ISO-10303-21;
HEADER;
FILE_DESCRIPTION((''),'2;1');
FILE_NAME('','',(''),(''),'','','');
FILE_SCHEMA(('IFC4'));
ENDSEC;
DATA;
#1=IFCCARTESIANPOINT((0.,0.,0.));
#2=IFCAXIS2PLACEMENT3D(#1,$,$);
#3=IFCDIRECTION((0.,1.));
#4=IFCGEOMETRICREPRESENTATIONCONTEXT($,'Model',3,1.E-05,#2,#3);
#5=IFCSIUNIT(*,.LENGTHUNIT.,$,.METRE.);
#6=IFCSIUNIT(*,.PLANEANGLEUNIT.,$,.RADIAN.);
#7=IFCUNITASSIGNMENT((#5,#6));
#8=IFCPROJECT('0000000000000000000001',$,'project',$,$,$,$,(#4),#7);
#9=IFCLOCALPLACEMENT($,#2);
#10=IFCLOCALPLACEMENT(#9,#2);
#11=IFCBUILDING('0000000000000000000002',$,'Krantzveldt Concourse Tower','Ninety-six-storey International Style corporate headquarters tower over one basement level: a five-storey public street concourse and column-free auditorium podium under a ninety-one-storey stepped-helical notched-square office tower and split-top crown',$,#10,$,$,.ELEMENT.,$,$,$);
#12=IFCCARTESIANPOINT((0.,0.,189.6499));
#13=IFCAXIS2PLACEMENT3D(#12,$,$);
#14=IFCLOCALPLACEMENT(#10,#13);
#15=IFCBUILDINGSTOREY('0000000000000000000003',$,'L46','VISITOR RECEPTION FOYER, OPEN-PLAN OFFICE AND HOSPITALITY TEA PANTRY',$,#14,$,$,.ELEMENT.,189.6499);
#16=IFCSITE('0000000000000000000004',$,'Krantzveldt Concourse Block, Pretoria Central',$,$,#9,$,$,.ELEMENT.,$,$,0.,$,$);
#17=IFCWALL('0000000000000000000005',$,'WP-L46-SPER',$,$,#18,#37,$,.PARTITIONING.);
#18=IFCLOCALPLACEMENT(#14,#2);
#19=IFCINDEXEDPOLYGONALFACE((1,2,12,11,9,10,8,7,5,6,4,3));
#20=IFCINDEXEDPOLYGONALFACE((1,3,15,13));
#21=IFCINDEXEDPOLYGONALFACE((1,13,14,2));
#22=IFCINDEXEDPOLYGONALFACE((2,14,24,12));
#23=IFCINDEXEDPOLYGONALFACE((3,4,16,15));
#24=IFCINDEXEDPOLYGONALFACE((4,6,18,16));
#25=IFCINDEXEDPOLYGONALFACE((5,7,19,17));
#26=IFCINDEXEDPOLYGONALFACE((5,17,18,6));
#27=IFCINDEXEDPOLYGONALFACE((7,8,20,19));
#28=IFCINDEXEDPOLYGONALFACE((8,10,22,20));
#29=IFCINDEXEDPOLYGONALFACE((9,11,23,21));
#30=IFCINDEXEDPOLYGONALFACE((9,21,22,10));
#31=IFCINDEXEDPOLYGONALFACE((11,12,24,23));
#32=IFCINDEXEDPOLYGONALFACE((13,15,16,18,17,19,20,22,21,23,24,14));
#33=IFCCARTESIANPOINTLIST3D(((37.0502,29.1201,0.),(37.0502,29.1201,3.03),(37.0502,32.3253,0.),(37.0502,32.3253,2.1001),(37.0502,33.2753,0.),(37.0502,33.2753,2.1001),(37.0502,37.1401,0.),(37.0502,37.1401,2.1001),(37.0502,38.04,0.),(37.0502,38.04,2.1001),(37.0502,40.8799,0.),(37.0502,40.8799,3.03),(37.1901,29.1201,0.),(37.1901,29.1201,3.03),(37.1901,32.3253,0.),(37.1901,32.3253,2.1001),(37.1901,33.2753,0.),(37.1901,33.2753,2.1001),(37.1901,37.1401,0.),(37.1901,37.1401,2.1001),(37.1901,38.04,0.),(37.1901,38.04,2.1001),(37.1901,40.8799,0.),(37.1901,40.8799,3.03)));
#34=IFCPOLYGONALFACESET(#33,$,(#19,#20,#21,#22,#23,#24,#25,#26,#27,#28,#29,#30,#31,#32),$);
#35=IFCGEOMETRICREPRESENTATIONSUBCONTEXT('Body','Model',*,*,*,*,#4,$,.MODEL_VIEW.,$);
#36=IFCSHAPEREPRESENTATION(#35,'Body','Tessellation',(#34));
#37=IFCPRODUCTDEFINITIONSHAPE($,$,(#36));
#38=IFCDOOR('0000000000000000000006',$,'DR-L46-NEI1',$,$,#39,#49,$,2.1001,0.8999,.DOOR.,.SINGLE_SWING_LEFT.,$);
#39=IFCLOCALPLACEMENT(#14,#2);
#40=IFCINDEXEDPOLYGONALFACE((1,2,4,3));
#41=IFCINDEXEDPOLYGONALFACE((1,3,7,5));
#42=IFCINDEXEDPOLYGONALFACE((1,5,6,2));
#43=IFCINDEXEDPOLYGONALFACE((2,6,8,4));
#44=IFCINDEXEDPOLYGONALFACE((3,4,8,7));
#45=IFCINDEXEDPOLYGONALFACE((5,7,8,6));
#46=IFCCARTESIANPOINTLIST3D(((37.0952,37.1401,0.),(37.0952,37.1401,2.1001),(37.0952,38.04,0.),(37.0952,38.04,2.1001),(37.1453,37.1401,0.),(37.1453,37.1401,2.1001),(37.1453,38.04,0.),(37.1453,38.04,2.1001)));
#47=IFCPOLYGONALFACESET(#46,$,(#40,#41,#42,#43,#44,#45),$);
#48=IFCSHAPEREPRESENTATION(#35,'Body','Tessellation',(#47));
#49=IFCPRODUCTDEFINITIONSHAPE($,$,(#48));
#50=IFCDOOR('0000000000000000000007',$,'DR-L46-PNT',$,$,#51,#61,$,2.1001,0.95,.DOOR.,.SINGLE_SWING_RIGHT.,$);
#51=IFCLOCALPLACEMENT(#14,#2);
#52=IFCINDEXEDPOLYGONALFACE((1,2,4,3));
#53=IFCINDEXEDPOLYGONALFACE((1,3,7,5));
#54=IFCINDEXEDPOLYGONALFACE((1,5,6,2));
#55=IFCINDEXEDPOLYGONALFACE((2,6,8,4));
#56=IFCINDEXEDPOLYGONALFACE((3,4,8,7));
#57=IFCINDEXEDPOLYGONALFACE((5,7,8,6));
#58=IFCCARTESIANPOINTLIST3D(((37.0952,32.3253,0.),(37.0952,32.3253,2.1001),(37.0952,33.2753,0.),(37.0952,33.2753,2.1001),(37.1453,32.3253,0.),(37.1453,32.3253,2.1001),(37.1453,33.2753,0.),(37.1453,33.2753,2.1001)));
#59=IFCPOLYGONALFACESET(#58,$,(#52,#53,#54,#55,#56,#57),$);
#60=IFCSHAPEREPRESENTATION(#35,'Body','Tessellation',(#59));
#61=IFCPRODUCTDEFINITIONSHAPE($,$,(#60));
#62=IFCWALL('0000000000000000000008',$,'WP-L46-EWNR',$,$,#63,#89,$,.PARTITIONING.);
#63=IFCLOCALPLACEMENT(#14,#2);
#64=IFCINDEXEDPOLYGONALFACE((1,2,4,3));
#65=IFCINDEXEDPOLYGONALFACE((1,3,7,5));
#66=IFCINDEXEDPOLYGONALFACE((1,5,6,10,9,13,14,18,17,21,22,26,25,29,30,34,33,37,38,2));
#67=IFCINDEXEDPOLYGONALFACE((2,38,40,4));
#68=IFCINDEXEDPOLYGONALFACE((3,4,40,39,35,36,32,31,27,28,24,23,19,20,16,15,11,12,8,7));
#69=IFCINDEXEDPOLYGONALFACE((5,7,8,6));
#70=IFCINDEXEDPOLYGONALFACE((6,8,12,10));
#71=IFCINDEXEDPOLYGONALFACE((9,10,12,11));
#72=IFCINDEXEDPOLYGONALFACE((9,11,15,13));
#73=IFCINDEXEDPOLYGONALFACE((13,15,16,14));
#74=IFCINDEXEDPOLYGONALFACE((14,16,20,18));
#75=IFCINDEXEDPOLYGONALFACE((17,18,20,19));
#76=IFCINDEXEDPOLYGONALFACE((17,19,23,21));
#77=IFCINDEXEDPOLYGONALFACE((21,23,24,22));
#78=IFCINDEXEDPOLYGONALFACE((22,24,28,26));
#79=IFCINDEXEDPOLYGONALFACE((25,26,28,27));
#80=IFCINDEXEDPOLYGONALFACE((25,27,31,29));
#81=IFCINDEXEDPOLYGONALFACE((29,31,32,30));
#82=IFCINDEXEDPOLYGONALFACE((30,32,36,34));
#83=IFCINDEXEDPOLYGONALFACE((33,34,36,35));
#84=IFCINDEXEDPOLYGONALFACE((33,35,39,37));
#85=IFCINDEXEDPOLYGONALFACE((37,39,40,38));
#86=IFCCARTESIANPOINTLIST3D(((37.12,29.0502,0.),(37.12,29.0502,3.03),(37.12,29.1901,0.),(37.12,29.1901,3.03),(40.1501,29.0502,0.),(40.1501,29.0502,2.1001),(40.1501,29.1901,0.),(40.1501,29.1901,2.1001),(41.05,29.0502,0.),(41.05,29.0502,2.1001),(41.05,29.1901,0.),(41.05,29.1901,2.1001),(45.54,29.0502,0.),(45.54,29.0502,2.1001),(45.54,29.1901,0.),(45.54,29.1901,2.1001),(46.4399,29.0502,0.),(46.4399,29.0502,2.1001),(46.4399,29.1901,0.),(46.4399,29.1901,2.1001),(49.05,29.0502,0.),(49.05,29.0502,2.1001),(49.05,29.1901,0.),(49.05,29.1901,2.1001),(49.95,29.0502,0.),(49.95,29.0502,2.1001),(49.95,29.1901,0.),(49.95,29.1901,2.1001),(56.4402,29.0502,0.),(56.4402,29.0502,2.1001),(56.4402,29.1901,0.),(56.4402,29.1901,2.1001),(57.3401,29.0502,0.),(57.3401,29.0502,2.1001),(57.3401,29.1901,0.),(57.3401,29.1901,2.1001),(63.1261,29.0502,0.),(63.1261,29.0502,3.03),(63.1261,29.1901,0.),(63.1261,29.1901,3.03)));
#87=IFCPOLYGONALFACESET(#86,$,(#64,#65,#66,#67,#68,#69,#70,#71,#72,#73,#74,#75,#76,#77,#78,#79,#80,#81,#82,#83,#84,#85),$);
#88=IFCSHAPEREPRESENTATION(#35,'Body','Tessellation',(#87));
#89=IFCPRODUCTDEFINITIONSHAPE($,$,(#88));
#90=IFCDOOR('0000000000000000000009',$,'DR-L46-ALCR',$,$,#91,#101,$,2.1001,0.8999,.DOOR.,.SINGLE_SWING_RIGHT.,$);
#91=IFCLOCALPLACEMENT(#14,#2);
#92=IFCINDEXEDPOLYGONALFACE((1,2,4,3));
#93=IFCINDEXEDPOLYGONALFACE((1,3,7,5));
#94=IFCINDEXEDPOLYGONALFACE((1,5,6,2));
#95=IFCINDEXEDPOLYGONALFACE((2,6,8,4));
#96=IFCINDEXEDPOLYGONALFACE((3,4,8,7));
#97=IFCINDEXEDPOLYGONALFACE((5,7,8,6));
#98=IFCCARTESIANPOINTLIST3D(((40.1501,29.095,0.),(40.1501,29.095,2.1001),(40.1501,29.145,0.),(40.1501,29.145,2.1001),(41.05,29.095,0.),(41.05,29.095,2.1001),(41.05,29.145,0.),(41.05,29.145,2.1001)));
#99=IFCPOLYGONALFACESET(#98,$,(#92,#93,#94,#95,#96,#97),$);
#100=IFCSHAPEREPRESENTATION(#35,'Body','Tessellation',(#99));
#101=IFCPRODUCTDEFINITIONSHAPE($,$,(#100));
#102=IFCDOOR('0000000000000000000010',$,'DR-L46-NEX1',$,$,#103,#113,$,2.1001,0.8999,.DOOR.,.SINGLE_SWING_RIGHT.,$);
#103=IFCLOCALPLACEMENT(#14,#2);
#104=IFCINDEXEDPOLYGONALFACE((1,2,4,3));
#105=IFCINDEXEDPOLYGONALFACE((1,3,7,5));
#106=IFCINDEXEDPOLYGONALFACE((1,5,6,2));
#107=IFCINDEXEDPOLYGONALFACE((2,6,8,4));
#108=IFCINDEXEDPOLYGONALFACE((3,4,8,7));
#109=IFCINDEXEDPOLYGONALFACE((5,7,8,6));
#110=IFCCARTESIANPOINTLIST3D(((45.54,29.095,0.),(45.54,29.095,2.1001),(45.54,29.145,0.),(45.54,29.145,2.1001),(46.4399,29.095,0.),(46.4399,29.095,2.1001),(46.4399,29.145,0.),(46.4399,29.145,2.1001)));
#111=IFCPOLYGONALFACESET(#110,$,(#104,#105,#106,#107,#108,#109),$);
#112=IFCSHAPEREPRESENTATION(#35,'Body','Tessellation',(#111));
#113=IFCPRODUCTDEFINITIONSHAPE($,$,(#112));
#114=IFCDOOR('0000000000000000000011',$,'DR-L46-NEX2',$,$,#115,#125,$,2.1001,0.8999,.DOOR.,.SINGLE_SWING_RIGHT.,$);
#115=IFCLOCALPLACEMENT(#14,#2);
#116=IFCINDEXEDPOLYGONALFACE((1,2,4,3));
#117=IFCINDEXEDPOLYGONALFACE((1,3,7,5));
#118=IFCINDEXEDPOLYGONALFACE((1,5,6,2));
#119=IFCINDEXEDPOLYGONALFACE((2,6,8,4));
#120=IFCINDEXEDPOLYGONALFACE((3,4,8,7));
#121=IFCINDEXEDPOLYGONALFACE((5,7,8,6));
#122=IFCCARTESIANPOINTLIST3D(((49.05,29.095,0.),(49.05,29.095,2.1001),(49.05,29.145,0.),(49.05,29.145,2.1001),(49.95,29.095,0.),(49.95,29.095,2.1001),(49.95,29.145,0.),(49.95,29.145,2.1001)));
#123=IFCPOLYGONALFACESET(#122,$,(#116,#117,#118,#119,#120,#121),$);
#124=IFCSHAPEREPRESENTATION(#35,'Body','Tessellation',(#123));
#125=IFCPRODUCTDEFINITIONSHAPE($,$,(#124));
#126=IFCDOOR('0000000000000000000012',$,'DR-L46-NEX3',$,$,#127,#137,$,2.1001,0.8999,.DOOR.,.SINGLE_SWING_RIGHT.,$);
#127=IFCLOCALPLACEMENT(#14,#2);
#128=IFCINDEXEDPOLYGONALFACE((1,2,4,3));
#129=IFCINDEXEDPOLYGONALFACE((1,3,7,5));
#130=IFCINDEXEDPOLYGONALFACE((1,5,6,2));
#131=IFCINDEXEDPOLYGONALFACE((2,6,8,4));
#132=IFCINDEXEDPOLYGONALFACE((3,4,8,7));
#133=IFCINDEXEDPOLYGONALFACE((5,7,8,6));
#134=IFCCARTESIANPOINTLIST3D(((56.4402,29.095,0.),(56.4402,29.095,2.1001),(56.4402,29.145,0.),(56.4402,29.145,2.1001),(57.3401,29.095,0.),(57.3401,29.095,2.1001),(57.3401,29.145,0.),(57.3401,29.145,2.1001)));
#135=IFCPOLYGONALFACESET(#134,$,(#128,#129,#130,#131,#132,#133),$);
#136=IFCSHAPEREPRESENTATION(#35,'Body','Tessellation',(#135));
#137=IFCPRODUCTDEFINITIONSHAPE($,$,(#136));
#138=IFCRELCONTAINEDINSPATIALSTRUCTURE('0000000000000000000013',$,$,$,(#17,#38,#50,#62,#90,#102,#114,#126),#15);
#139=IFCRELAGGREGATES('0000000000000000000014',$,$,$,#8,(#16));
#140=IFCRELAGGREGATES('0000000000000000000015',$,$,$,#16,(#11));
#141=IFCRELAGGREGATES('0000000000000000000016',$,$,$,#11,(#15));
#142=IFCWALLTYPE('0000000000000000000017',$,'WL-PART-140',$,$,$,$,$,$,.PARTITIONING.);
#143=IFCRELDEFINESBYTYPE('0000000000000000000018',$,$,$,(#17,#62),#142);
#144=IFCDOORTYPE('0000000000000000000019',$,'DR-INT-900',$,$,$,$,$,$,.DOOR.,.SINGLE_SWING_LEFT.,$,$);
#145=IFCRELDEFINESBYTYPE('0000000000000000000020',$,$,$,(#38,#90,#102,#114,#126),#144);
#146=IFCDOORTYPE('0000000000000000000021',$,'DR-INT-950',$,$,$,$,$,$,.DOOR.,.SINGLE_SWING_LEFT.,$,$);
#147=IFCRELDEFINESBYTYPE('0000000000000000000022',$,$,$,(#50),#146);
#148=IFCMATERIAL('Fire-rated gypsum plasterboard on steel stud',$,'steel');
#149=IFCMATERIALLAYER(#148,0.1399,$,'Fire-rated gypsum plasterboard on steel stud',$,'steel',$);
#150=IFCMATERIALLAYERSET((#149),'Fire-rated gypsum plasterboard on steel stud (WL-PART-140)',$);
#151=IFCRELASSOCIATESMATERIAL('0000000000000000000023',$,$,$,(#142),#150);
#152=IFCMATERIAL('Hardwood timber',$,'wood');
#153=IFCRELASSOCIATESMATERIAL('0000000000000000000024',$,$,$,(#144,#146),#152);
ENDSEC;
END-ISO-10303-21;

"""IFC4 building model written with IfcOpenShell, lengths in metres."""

from ifc_helpers import new_model, si_unit, direction, frame, frame_2d, origin, place, context, subcontext, project, spatial, rectangle, extrude, material, layer, layer_set, type_object, element, fill, save


model = new_model("IFC4")

# Units and contexts
model_context = context("Model", 3, precision=1e-05, world=origin(), true_north=direction((0.0, 1.0)))
body_context = subcontext(model_context, "Body", "Model", "MODEL_VIEW")
ifc_project = project(units=[si_unit("LENGTHUNIT", "METRE"), si_unit("PLANEANGLEUNIT", "RADIAN")], contexts=[model_context])

# Site, building, storey
site_placement = place(None, origin())
site = spatial("IfcSite", under=ifc_project, at=site_placement, Name="Krantzveldt Concourse Block, Pretoria Central", CompositionType="ELEMENT", RefElevation=0.0)
building_placement = place(site_placement, origin())
building = spatial("IfcBuilding", under=site, at=building_placement, Name="Krantzveldt Concourse Tower", Description="Ninety-six-storey International Style corporate headquarters tower over one basement level: a five-storey public street concourse and column-free auditorium podium under a ninety-one-storey stepped-helical notched-square office tower and split-top crown", CompositionType="ELEMENT")
storey_placement = place(building_placement, frame((0.0, 0.0, 189.6499)))
storey = spatial("IfcBuildingStorey", under=building, at=storey_placement, Name="L46", Description="VISITOR RECEPTION FOYER, OPEN-PLAN OFFICE AND HOSPITALITY TEA PANTRY", CompositionType="ELEMENT", Elevation=189.6499)

# Walls, openings, doors
ifc_material_1 = material(Name="Fire-rated gypsum plasterboard on steel stud", Category="steel")
ifc_layer = layer(ifc_material_1, 0.1399, Name="Fire-rated gypsum plasterboard on steel stud", Category="steel")
ifc_layer_set = layer_set([ifc_layer], Name="Fire-rated gypsum plasterboard on steel stud (WL-PART-140)")
wall_type = type_object("IfcWallType", Name="WL-PART-140", PredefinedType="PARTITIONING", material=ifc_layer_set)
ifc_material_2 = material(Name="Hardwood timber", Category="wood")
door_type_1 = type_object("IfcDoorType", Name="DR-INT-900", OperationType="SINGLE_SWING_LEFT", PredefinedType="DOOR", material=ifc_material_2)
door_type_2 = type_object("IfcDoorType", Name="DR-INT-950", OperationType="SINGLE_SWING_LEFT", PredefinedType="DOOR", material=ifc_material_2)
wall_1_placement = place(storey_placement, frame((37.1201, 29.1201, 0.0), z_axis=(0.0, 0.0, 1.0), x_axis=(0.0, 1.0, 0.0)))
wall_1 = element("IfcWall", 1, at=wall_1_placement, inside=storey, type_object=wall_type, Name="WP-L46-SPER", PredefinedType="PARTITIONING", context=body_context, shape_type="SweptSolid", body=[
    extrude(rectangle(XDim=11.7598, YDim=0.1399, at=frame_2d((5.8799, 0.0))), origin(), (0.0, 0.0, 1.0), 3.03),
])
opening_1_placement = place(wall_1_placement, frame((3.2051, 0.0, 0.0)))
opening_1 = element("IfcOpeningElement", 2, at=opening_1_placement, cuts=wall_1, PredefinedType="OPENING", context=body_context, shape_type="SweptSolid", body=[
    extrude(rectangle(XDim=0.95, YDim=2.1001, at=frame_2d((0.4751, 1.05))), frame((0.0, 0.0801, 0.0), z_axis=(0.0, -1.0, 0.0), x_axis=(1.0, 0.0, 0.0)), (0.0, 0.0, 1.0), 0.1599),
])
opening_2_placement = place(wall_1_placement, frame((8.02, 0.0, 0.0)))
opening_2 = element("IfcOpeningElement", 3, at=opening_2_placement, cuts=wall_1, PredefinedType="OPENING", context=body_context, shape_type="SweptSolid", body=[
    extrude(rectangle(XDim=0.8999, YDim=2.1001, at=frame_2d((0.45, 1.05))), frame((0.0, 0.0801, 0.0), z_axis=(0.0, -1.0, 0.0), x_axis=(1.0, 0.0, 0.0)), (0.0, 0.0, 1.0), 0.1599),
])
door_1_placement = place(opening_2_placement, origin())
door_1 = element("IfcDoor", 4, at=door_1_placement, inside=storey, type_object=door_type_1, Name="DR-L46-NEI1", OperationType="SINGLE_SWING_LEFT", OverallHeight=2.1001, OverallWidth=0.8999, PredefinedType="DOOR", context=body_context, shape_type="SweptSolid", body=[
    extrude(rectangle(XDim=0.8999, YDim=2.1001, at=frame_2d((0.45, 1.05))), frame((0.0, 0.0249, 0.0), z_axis=(0.0, -1.0, 0.0), x_axis=(1.0, 0.0, 0.0)), (0.0, 0.0, 1.0), 0.05),
])
fill(opening_2, door_1)
door_2_placement = place(opening_1_placement, origin())
door_2 = element("IfcDoor", 5, at=door_2_placement, inside=storey, type_object=door_type_2, Name="DR-L46-PNT", OperationType="SINGLE_SWING_RIGHT", OverallHeight=2.1001, OverallWidth=0.95, PredefinedType="DOOR", context=body_context, shape_type="SweptSolid", body=[
    extrude(rectangle(XDim=0.95, YDim=2.1001, at=frame_2d((0.4751, 1.05))), frame((0.0, 0.0249, 0.0), z_axis=(0.0, -1.0, 0.0), x_axis=(1.0, 0.0, 0.0)), (0.0, 0.0, 1.0), 0.05),
])
fill(opening_1, door_2)
wall_2_placement = place(storey_placement, frame((37.1201, 29.1201, 0.0), z_axis=(0.0, 0.0, 1.0), x_axis=(1.0, 0.0, 0.0)))
wall_2 = element("IfcWall", 6, at=wall_2_placement, inside=storey, type_object=wall_type, Name="WP-L46-EWNR", PredefinedType="PARTITIONING", context=body_context, shape_type="SweptSolid", body=[
    extrude(rectangle(XDim=26.0061, YDim=0.1399, at=frame_2d((13.0029, 0.0))), origin(), (0.0, 0.0, 1.0), 3.03),
])
opening_3_placement = place(wall_2_placement, frame((3.03, 0.0, 0.0)))
opening_3 = element("IfcOpeningElement", 7, at=opening_3_placement, cuts=wall_2, PredefinedType="OPENING", context=body_context, shape_type="SweptSolid", body=[
    extrude(rectangle(XDim=0.8999, YDim=2.1001, at=frame_2d((0.45, 1.05))), frame((0.0, 0.0801, 0.0), z_axis=(0.0, -1.0, 0.0), x_axis=(1.0, 0.0, 0.0)), (0.0, 0.0, 1.0), 0.1599),
])
opening_4_placement = place(wall_2_placement, frame((8.4199, 0.0, 0.0)))
opening_4 = element("IfcOpeningElement", 8, at=opening_4_placement, cuts=wall_2, PredefinedType="OPENING", context=body_context, shape_type="SweptSolid", body=[
    extrude(rectangle(XDim=0.8999, YDim=2.1001, at=frame_2d((0.45, 1.05))), frame((0.0, 0.0801, 0.0), z_axis=(0.0, -1.0, 0.0), x_axis=(1.0, 0.0, 0.0)), (0.0, 0.0, 1.0), 0.1599),
])
opening_5_placement = place(wall_2_placement, frame((11.9299, 0.0, 0.0)))
opening_5 = element("IfcOpeningElement", 9, at=opening_5_placement, cuts=wall_2, PredefinedType="OPENING", context=body_context, shape_type="SweptSolid", body=[
    extrude(rectangle(XDim=0.8999, YDim=2.1001, at=frame_2d((0.45, 1.05))), frame((0.0, 0.0801, 0.0), z_axis=(0.0, -1.0, 0.0), x_axis=(1.0, 0.0, 0.0)), (0.0, 0.0, 1.0), 0.1599),
])
opening_6_placement = place(wall_2_placement, frame((19.3201, 0.0, 0.0)))
opening_6 = element("IfcOpeningElement", 10, at=opening_6_placement, cuts=wall_2, PredefinedType="OPENING", context=body_context, shape_type="SweptSolid", body=[
    extrude(rectangle(XDim=0.8999, YDim=2.1001, at=frame_2d((0.45, 1.05))), frame((0.0, 0.0801, 0.0), z_axis=(0.0, -1.0, 0.0), x_axis=(1.0, 0.0, 0.0)), (0.0, 0.0, 1.0), 0.1599),
])
door_3_placement = place(opening_3_placement, origin())
door_3 = element("IfcDoor", 11, at=door_3_placement, inside=storey, type_object=door_type_1, Name="DR-L46-ALCR", OperationType="SINGLE_SWING_RIGHT", OverallHeight=2.1001, OverallWidth=0.8999, PredefinedType="DOOR", context=body_context, shape_type="SweptSolid", body=[
    extrude(rectangle(XDim=0.8999, YDim=2.1001, at=frame_2d((0.45, 1.05))), frame((0.0, 0.0249, 0.0), z_axis=(0.0, -1.0, 0.0), x_axis=(1.0, 0.0, 0.0)), (0.0, 0.0, 1.0), 0.05),
])
fill(opening_3, door_3)
door_4_placement = place(opening_4_placement, origin())
door_4 = element("IfcDoor", 12, at=door_4_placement, inside=storey, type_object=door_type_1, Name="DR-L46-NEX1", OperationType="SINGLE_SWING_RIGHT", OverallHeight=2.1001, OverallWidth=0.8999, PredefinedType="DOOR", context=body_context, shape_type="SweptSolid", body=[
    extrude(rectangle(XDim=0.8999, YDim=2.1001, at=frame_2d((0.45, 1.05))), frame((0.0, 0.0249, 0.0), z_axis=(0.0, -1.0, 0.0), x_axis=(1.0, 0.0, 0.0)), (0.0, 0.0, 1.0), 0.05),
])
fill(opening_4, door_4)
door_5_placement = place(opening_5_placement, origin())
door_5 = element("IfcDoor", 13, at=door_5_placement, inside=storey, type_object=door_type_1, Name="DR-L46-NEX2", OperationType="SINGLE_SWING_RIGHT", OverallHeight=2.1001, OverallWidth=0.8999, PredefinedType="DOOR", context=body_context, shape_type="SweptSolid", body=[
    extrude(rectangle(XDim=0.8999, YDim=2.1001, at=frame_2d((0.45, 1.05))), frame((0.0, 0.0249, 0.0), z_axis=(0.0, -1.0, 0.0), x_axis=(1.0, 0.0, 0.0)), (0.0, 0.0, 1.0), 0.05),
])
fill(opening_5, door_5)
door_6_placement = place(opening_6_placement, origin())
door_6 = element("IfcDoor", 14, at=door_6_placement, inside=storey, type_object=door_type_1, Name="DR-L46-NEX3", OperationType="SINGLE_SWING_RIGHT", OverallHeight=2.1001, OverallWidth=0.8999, PredefinedType="DOOR", context=body_context, shape_type="SweptSolid", body=[
    extrude(rectangle(XDim=0.8999, YDim=2.1001, at=frame_2d((0.45, 1.05))), frame((0.0, 0.0249, 0.0), z_axis=(0.0, -1.0, 0.0), x_axis=(1.0, 0.0, 0.0)), (0.0, 0.0, 1.0), 0.05),
])
fill(opening_6, door_6)

save(model, "model.ifc")
